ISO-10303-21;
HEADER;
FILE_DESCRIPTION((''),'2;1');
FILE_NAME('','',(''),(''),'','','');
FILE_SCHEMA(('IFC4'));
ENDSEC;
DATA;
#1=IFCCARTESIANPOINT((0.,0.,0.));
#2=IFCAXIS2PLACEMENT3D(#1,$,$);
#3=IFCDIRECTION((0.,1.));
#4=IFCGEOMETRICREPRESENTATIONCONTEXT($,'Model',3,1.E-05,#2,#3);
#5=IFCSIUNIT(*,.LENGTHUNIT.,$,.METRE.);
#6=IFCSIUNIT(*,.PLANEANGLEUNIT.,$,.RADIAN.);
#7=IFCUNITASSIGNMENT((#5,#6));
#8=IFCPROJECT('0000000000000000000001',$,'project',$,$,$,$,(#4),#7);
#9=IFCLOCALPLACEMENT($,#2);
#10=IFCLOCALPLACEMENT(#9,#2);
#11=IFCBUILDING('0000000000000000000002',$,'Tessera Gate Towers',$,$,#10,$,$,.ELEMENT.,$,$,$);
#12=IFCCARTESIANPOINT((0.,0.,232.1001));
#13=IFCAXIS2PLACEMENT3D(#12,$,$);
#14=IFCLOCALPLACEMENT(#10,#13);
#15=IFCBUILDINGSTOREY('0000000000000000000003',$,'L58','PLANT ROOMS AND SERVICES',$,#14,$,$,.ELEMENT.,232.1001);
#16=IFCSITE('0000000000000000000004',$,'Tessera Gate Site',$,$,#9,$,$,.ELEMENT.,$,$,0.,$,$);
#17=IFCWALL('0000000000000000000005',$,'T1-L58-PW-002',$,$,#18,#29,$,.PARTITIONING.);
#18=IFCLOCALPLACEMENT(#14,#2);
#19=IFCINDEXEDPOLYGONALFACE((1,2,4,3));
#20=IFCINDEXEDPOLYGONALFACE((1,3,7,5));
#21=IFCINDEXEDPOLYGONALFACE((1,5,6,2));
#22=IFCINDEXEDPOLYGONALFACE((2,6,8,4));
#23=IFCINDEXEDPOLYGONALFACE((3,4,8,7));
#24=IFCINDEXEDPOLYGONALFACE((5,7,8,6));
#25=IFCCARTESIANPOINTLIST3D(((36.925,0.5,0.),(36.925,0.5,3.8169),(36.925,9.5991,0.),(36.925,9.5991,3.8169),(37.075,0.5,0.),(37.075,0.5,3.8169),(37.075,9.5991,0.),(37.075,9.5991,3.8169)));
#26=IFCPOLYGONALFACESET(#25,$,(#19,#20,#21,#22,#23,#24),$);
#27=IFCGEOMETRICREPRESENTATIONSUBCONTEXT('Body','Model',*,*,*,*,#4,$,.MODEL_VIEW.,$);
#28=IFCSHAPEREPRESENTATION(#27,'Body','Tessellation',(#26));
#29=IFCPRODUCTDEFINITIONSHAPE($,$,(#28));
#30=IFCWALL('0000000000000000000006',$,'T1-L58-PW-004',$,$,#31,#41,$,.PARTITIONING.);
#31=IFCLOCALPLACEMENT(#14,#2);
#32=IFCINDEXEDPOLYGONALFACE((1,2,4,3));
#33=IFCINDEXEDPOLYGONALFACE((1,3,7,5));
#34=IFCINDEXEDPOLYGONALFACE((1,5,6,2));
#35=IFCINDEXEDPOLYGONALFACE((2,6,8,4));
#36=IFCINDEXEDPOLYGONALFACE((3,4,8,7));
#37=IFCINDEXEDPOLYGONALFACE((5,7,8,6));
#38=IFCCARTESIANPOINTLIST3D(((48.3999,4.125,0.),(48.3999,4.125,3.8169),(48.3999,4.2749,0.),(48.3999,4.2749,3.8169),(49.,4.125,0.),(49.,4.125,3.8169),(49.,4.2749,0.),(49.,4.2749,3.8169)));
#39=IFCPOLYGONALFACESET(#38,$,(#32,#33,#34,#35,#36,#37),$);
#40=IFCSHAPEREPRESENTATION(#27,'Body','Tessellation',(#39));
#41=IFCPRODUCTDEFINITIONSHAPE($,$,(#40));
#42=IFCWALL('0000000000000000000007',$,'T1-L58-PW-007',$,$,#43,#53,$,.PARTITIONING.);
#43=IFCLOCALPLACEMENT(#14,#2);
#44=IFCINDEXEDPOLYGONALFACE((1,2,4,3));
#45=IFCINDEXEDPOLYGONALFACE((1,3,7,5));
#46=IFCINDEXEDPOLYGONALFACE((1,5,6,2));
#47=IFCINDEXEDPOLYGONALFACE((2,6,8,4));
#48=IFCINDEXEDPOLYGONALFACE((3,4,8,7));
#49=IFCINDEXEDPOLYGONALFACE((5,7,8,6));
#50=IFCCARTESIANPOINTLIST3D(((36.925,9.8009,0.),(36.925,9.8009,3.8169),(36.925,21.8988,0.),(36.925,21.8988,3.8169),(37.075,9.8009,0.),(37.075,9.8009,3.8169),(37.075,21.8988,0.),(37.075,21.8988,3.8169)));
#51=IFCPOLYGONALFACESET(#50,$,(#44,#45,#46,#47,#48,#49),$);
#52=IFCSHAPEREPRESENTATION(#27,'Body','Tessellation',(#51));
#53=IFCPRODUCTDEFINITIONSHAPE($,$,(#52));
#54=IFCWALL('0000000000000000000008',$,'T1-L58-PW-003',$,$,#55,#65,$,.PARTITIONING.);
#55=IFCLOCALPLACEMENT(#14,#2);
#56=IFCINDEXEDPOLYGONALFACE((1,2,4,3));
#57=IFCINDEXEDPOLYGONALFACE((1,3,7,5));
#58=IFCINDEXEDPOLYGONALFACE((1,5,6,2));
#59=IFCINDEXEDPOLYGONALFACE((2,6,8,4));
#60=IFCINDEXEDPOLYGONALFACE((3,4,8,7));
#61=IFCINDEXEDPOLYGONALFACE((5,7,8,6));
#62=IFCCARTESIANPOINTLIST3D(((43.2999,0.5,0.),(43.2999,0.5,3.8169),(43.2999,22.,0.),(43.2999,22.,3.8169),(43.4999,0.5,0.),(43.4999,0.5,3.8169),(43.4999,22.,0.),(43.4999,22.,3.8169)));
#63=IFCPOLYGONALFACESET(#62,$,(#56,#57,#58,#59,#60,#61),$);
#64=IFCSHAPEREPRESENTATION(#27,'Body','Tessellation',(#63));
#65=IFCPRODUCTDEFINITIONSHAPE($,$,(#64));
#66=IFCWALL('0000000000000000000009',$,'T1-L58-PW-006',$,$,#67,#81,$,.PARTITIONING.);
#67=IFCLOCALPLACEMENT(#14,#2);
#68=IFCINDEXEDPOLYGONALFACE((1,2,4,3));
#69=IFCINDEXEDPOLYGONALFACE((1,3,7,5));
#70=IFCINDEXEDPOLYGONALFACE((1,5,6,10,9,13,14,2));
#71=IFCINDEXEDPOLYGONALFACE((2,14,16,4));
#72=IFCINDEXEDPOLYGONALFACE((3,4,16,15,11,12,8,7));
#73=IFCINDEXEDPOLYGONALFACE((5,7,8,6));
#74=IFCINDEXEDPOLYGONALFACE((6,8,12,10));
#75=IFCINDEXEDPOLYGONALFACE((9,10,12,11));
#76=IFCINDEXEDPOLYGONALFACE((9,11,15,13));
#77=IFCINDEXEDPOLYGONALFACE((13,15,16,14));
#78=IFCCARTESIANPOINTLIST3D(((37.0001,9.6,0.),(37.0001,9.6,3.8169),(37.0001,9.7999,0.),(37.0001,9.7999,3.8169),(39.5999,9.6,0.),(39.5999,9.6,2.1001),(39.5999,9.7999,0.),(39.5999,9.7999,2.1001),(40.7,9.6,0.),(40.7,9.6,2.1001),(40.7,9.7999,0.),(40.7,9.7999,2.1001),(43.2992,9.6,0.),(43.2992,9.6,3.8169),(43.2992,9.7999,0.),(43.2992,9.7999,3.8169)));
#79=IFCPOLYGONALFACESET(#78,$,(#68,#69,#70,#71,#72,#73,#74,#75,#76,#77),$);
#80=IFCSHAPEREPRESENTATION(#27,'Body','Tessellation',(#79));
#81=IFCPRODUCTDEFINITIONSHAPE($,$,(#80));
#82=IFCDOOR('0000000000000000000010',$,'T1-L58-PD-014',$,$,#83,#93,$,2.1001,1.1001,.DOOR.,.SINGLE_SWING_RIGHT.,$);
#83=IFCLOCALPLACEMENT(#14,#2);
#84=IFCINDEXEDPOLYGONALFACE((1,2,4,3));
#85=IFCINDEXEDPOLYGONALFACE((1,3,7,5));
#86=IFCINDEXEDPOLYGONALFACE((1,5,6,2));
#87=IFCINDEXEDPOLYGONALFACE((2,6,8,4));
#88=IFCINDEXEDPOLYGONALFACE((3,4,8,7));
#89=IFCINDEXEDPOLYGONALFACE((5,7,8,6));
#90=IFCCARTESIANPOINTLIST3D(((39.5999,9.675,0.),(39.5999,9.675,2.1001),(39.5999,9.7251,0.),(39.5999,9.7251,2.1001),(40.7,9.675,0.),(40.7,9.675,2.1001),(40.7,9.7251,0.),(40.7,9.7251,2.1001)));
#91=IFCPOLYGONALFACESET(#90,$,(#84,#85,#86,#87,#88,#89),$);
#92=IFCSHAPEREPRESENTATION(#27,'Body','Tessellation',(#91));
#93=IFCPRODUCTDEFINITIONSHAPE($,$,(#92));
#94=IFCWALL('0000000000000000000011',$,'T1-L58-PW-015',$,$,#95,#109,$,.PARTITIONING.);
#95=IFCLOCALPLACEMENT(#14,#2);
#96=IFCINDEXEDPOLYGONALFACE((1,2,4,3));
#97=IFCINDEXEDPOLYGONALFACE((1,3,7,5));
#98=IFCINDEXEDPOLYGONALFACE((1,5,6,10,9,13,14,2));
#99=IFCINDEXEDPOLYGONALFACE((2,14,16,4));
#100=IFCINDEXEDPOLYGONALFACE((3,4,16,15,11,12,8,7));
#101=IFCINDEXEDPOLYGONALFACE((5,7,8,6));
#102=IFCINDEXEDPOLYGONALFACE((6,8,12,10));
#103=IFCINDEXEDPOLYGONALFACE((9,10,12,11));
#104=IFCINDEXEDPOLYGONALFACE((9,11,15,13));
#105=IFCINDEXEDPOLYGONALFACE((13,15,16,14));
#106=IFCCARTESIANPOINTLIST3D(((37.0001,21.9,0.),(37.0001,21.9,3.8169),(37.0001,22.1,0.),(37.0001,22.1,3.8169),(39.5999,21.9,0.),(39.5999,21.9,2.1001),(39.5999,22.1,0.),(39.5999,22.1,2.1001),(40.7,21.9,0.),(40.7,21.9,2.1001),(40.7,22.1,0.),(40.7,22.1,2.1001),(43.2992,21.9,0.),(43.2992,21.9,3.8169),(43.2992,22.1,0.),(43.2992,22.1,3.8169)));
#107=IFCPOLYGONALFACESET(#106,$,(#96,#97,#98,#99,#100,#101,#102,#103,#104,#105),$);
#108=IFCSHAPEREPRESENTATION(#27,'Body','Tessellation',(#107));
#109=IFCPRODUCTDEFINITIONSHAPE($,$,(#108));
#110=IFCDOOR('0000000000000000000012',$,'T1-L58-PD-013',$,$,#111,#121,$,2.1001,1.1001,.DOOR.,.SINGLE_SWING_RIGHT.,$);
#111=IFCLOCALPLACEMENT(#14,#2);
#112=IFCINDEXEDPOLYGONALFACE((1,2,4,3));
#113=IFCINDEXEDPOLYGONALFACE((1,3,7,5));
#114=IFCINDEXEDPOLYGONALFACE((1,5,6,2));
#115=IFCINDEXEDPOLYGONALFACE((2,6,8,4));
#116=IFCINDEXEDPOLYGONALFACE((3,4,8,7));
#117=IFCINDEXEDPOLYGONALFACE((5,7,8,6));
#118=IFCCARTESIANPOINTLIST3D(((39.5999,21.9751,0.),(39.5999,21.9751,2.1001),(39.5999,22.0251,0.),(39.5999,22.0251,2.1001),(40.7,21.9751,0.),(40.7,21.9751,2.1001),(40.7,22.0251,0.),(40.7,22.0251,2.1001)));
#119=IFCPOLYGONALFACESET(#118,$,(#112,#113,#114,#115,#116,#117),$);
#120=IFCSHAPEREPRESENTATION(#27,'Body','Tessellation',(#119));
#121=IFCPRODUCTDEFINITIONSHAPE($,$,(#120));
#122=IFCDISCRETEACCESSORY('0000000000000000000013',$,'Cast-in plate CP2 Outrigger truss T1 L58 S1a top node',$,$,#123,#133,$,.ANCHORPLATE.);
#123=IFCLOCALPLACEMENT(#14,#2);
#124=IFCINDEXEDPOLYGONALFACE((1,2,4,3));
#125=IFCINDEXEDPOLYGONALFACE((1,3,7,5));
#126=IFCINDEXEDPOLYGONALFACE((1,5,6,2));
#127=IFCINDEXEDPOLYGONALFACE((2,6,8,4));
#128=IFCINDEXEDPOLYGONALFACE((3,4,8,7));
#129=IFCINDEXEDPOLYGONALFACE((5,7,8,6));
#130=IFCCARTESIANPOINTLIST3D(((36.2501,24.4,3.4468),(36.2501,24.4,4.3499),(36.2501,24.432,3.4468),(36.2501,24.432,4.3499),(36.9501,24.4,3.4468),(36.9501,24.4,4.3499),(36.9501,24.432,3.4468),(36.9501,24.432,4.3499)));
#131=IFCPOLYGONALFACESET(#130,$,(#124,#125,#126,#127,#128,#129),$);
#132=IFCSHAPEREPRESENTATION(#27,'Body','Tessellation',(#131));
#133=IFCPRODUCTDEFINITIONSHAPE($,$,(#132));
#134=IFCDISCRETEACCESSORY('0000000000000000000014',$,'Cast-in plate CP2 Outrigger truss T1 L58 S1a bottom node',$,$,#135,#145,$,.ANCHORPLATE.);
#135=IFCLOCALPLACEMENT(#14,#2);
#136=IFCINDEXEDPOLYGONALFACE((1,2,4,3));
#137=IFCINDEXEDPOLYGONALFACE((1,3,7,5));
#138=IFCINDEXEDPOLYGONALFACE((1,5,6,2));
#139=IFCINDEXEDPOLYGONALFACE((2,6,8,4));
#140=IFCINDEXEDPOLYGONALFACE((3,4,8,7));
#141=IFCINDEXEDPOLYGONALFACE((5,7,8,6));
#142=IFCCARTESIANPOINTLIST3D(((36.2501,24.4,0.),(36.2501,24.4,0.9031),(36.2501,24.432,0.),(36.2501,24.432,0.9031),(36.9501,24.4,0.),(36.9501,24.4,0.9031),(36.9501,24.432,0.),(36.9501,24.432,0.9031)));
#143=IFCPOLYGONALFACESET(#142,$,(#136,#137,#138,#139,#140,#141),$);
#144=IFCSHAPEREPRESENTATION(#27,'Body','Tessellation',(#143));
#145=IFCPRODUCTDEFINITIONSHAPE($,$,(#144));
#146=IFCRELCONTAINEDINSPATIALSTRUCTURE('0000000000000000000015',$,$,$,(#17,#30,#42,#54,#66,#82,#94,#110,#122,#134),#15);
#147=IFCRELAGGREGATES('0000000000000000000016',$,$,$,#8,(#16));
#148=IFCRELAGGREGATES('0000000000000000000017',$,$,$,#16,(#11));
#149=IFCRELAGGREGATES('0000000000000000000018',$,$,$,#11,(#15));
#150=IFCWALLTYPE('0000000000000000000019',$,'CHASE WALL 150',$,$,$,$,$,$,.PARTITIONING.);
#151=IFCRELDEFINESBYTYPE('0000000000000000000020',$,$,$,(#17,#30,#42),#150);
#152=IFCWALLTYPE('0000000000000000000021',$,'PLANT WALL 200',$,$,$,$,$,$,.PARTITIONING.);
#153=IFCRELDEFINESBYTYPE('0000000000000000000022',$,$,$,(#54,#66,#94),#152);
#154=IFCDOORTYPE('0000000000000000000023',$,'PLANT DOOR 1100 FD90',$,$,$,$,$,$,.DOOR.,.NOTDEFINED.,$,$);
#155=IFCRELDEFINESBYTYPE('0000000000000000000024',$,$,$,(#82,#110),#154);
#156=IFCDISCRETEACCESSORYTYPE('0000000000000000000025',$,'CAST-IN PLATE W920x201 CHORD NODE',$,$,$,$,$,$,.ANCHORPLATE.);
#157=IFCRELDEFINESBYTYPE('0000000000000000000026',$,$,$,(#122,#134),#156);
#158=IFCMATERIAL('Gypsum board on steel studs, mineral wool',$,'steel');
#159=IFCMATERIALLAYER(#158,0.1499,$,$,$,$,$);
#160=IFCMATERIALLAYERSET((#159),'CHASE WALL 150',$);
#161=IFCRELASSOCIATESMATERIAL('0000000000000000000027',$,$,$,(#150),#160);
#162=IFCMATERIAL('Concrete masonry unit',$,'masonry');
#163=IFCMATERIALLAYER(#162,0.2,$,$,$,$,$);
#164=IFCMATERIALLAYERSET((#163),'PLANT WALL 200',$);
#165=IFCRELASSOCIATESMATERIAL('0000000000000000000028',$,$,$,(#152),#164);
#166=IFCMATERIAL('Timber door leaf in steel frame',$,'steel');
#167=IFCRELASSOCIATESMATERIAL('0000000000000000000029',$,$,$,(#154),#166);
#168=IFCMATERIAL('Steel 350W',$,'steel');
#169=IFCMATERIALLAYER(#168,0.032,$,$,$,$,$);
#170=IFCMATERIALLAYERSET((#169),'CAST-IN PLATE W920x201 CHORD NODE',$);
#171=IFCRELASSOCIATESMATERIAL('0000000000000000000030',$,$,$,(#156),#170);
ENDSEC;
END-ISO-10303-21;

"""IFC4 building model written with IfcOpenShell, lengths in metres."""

from ifc_helpers import new_model, si_unit, direction, frame, frame_2d, origin, origin_2d, place, context, subcontext, project, spatial, rectangle, extrude, source, transform, mapped, material, layer, layer_set, type_object, element, fill, save


model = new_model("IFC4")

# Units and contexts
model_context = context("Model", 3, precision=1e-05, world=origin(), true_north=direction((0.0, 1.0)))
body_context = subcontext(model_context, "Body", "Model", "MODEL_VIEW")
ifc_project = project(units=[si_unit("LENGTHUNIT", "METRE"), si_unit("PLANEANGLEUNIT", "RADIAN")], contexts=[model_context])

# Site, building, storey
site_placement = place(None, origin())
site = spatial("IfcSite", under=ifc_project, at=site_placement, Name="Tessera Gate Site", CompositionType="ELEMENT", RefElevation=0.0)
building_placement = place(site_placement, origin())
building = spatial("IfcBuilding", under=site, at=building_placement, Name="Tessera Gate Towers", CompositionType="ELEMENT")
storey_placement = place(building_placement, frame((0.0, 0.0, 232.1001)))
storey = spatial("IfcBuildingStorey", under=building, at=storey_placement, Name="L58", Description="PLANT ROOMS AND SERVICES", CompositionType="ELEMENT", Elevation=232.1001)

# Walls
ifc_material_1 = material(Name="Gypsum board on steel studs, mineral wool", Category="steel")
ifc_layer_1 = layer(ifc_material_1, 0.1499)
ifc_layer_set_1 = layer_set([ifc_layer_1], Name="CHASE WALL 150")
wall_type_1 = type_object("IfcWallType", Name="CHASE WALL 150", PredefinedType="PARTITIONING", material=ifc_layer_set_1)
wall_1_placement = place(storey_placement, frame((37.0, 0.5, 0.0), z_axis=(0.0, 0.0, 1.0), x_axis=(0.0, 1.0, 0.0)))
element("IfcWall", 1, at=wall_1_placement, inside=storey, type_object=wall_type_1, Name="T1-L58-PW-002", PredefinedType="PARTITIONING", context=body_context, shape_type="SweptSolid", body=[
    extrude(rectangle(XDim=9.0991, YDim=0.1499, at=frame_2d((4.5496, 0.0))), origin(), (0.0, 0.0, 1.0), 3.8169),
])
wall_2_placement = place(storey_placement, frame((48.3999, 4.2, 0.0), z_axis=(0.0, 0.0, 1.0), x_axis=(1.0, 0.0, 0.0)))
element("IfcWall", 2, at=wall_2_placement, inside=storey, type_object=wall_type_1, Name="T1-L58-PW-004", PredefinedType="PARTITIONING", context=body_context, shape_type="SweptSolid", body=[
    extrude(rectangle(XDim=0.6001, YDim=0.1499, at=frame_2d((0.3, 0.0))), origin(), (0.0, 0.0, 1.0), 3.8169),
])
wall_3_placement = place(storey_placement, frame((37.0, 9.801, 0.0), z_axis=(0.0, 0.0, 1.0), x_axis=(0.0, 1.0, 0.0)))
element("IfcWall", 3, at=wall_3_placement, inside=storey, type_object=wall_type_1, Name="T1-L58-PW-007", PredefinedType="PARTITIONING", context=body_context, shape_type="SweptSolid", body=[
    extrude(rectangle(XDim=12.0979, YDim=0.1499, at=frame_2d((6.0488, 0.0))), origin(), (0.0, 0.0, 1.0), 3.8169),
])
ifc_material_2 = material(Name="Concrete masonry unit", Category="masonry")
ifc_layer_2 = layer(ifc_material_2, 0.2)
ifc_layer_set_2 = layer_set([ifc_layer_2], Name="PLANT WALL 200")
wall_type_2 = type_object("IfcWallType", Name="PLANT WALL 200", PredefinedType="PARTITIONING", material=ifc_layer_set_2)
wall_4_placement = place(storey_placement, frame((43.3999, 0.5, 0.0), z_axis=(0.0, 0.0, 1.0), x_axis=(0.0, 1.0, 0.0)))
element("IfcWall", 4, at=wall_4_placement, inside=storey, type_object=wall_type_2, Name="T1-L58-PW-003", PredefinedType="PARTITIONING", context=body_context, shape_type="SweptSolid", body=[
    extrude(rectangle(XDim=21.5, YDim=0.2, at=frame_2d((10.75, 0.0))), origin(), (0.0, 0.0, 1.0), 3.8169),
])

# Walls, openings, doors
wall_5_placement = place(storey_placement, frame((43.2991, 9.7, 0.0), z_axis=(0.0, 0.0, 1.0), x_axis=(-1.0, 0.0, 0.0)))
wall_5 = element("IfcWall", 5, at=wall_5_placement, inside=storey, type_object=wall_type_2, Name="T1-L58-PW-006", PredefinedType="PARTITIONING", context=body_context, shape_type="SweptSolid", body=[
    extrude(rectangle(XDim=6.2991, YDim=0.2, at=frame_2d((3.1494, 0.0))), origin(), (0.0, 0.0, 1.0), 3.8169),
])
shared_shape_1 = source(origin(), body_context, "Body", "SweptSolid", [
    extrude(rectangle(XDim=1.1001, YDim=2.1001, at=frame_2d((0.55, 1.05))), frame((0.0, 0.1099, 0.0), z_axis=(0.0, -1.0, 0.0), x_axis=(1.0, 0.0, 0.0)), (0.0, 0.0, 1.0), 0.22),
])
opening_1_placement = place(wall_5_placement, frame((2.5991, 0.0, 0.0)))
opening_1 = element("IfcOpeningElement", 6, at=opening_1_placement, cuts=wall_5, PredefinedType="OPENING", context=body_context, shape_type="MappedRepresentation", body=[
    mapped(shared_shape_1, transform((0.0, 0.0, 0.0), scale=1.0)),
])
ifc_material_3 = material(Name="Timber door leaf in steel frame", Category="steel")
door_type = type_object("IfcDoorType", Name="PLANT DOOR 1100 FD90", OperationType="NOTDEFINED", PredefinedType="DOOR", material=ifc_material_3)
shared_shape_2 = source(origin(), body_context, "Body", "SweptSolid", [
    extrude(rectangle(XDim=1.1001, YDim=2.1001, at=frame_2d((0.55, 1.05))), frame((0.0, 0.0249, 0.0), z_axis=(0.0, -1.0, 0.0), x_axis=(1.0, 0.0, 0.0)), (0.0, 0.0, 1.0), 0.05),
])
door_1_placement = place(opening_1_placement, origin())
door_1 = element("IfcDoor", 7, at=door_1_placement, inside=storey, type_object=door_type, Name="T1-L58-PD-014", OperationType="SINGLE_SWING_RIGHT", OverallHeight=2.1001, OverallWidth=1.1001, PredefinedType="DOOR", context=body_context, shape_type="MappedRepresentation", body=[
    mapped(shared_shape_2, transform((0.0, 0.0, 0.0), scale=1.0)),
])
fill(opening_1, door_1)
wall_6_placement = place(storey_placement, frame((43.2991, 22.0, 0.0), z_axis=(0.0, 0.0, 1.0), x_axis=(-1.0, 0.0, 0.0)))
wall_6 = element("IfcWall", 8, at=wall_6_placement, inside=storey, type_object=wall_type_2, Name="T1-L58-PW-015", PredefinedType="PARTITIONING", context=body_context, shape_type="SweptSolid", body=[
    extrude(rectangle(XDim=6.2991, YDim=0.2, at=frame_2d((3.1494, 0.0))), origin(), (0.0, 0.0, 1.0), 3.8169),
])
opening_2_placement = place(wall_6_placement, frame((2.5991, 0.0, 0.0)))
opening_2 = element("IfcOpeningElement", 9, at=opening_2_placement, cuts=wall_6, PredefinedType="OPENING", context=body_context, shape_type="MappedRepresentation", body=[
    mapped(shared_shape_1, transform((0.0, 0.0, 0.0), scale=1.0)),
])
door_2_placement = place(opening_2_placement, origin())
door_2 = element("IfcDoor", 10, at=door_2_placement, inside=storey, type_object=door_type, Name="T1-L58-PD-013", OperationType="SINGLE_SWING_RIGHT", OverallHeight=2.1001, OverallWidth=1.1001, PredefinedType="DOOR", context=body_context, shape_type="MappedRepresentation", body=[
    mapped(shared_shape_2, transform((0.0, 0.0, 0.0), scale=1.0)),
])
fill(opening_2, door_2)

# Discrete accessories
ifc_material_4 = material(Name="Steel 350W", Category="steel")
ifc_layer_3 = layer(ifc_material_4, 0.032)
ifc_layer_set_3 = layer_set([ifc_layer_3], Name="CAST-IN PLATE W920x201 CHORD NODE")
discrete_accessory_type = type_object("IfcDiscreteAccessoryType", Name="CAST-IN PLATE W920x201 CHORD NODE", PredefinedType="ANCHORPLATE", material=ifc_layer_set_3)
for number, where, z_axis, x_axis, name in (
    (11, (36.6001, 24.416, 3.4468), (0.0, 0.0, 1.0), (1.0, 0.0, 0.0), "Cast-in plate CP2 Outrigger truss T1 L58 S1a top node"),
    (12, (36.6001, 24.416, 0.0), (0.0, 0.0, 1.0), (1.0, 0.0, 0.0), "Cast-in plate CP2 Outrigger truss T1 L58 S1a bottom node"),
):
    element("IfcDiscreteAccessory", number, at=place(storey_placement, frame(where, z_axis=z_axis, x_axis=x_axis)), inside=storey, type_object=discrete_accessory_type, Name=name, PredefinedType="ANCHORPLATE", context=body_context, shape_type="SweptSolid", body=[
        extrude(rectangle(XDim=0.7, YDim=0.032, at=origin_2d()), origin(), (0.0, 0.0, 1.0), 0.9031),
    ])

save(model, "model.ifc")
